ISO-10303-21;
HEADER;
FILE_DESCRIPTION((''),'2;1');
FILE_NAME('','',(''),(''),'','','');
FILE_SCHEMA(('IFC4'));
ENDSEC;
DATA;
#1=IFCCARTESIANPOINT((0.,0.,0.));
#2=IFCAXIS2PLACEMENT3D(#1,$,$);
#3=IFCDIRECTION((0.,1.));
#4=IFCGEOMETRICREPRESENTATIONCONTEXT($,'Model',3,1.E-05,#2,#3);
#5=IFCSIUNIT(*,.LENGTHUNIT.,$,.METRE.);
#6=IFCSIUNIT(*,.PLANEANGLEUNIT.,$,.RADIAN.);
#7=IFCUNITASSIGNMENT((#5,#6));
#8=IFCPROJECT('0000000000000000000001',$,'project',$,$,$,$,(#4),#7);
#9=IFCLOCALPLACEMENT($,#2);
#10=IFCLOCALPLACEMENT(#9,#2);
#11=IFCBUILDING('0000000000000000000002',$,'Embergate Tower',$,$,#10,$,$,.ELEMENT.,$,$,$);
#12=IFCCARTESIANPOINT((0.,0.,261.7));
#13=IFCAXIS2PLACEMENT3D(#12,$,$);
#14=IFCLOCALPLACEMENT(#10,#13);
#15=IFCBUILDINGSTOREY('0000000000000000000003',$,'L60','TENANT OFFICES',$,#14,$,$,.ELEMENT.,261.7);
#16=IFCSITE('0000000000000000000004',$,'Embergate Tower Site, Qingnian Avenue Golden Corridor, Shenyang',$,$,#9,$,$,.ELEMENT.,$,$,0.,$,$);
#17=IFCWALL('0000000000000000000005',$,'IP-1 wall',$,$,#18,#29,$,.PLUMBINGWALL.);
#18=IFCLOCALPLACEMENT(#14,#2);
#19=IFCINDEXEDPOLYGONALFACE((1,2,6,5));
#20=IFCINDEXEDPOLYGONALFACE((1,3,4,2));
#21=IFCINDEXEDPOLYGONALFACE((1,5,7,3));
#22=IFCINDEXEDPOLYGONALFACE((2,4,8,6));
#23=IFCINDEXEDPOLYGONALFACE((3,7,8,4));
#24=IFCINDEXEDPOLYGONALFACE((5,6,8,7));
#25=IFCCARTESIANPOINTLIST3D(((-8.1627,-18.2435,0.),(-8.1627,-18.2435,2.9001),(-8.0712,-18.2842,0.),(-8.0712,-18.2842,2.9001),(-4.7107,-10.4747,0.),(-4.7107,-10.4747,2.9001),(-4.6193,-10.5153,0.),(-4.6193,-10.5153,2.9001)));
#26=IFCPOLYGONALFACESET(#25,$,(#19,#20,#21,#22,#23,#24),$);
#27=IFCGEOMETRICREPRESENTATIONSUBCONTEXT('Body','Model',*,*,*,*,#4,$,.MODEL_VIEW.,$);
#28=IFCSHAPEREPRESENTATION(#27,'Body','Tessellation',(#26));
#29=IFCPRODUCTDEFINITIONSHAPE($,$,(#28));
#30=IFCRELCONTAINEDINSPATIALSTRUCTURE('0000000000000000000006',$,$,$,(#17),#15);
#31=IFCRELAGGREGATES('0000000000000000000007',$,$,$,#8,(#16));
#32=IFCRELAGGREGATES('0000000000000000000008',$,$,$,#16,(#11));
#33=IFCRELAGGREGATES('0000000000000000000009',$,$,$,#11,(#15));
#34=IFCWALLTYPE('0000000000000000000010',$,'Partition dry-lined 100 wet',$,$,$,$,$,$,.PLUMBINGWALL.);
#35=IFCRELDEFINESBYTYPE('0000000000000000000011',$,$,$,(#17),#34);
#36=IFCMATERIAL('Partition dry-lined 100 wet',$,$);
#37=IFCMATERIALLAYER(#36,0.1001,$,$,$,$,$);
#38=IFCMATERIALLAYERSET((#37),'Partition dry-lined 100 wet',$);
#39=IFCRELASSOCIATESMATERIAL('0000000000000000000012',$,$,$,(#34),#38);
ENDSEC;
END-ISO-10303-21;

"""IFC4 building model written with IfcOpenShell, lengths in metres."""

from ifc_helpers import new_model, si_unit, direction, frame, frame_2d, origin, place, context, subcontext, project, spatial, rectangle, extrude, source, transform, mapped, material, layer, layer_set, type_object, element, save


model = new_model("IFC4")

# Units and contexts
model_context = context("Model", 3, precision=1e-05, world=origin(), true_north=direction((0.0, 1.0)))
body_context = subcontext(model_context, "Body", "Model", "MODEL_VIEW")
ifc_project = project(units=[si_unit("LENGTHUNIT", "METRE"), si_unit("PLANEANGLEUNIT", "RADIAN")], contexts=[model_context])

# Site, building, storey
site_placement = place(None, origin())
site = spatial("IfcSite", under=ifc_project, at=site_placement, Name="Embergate Tower Site, Qingnian Avenue Golden Corridor, Shenyang", CompositionType="ELEMENT", RefElevation=0.0)
building_placement = place(site_placement, origin())
building = spatial("IfcBuilding", under=site, at=building_placement, Name="Embergate Tower", CompositionType="ELEMENT")
storey_placement = place(building_placement, frame((0.0, 0.0, 261.7)))
storey = spatial("IfcBuildingStorey", under=building, at=storey_placement, Name="L60", Description="TENANT OFFICES", CompositionType="ELEMENT", Elevation=261.7)

# Wall
ifc_material_1 = material(Name="Partition dry-lined 100 wet")
ifc_layer_1 = layer(ifc_material_1, 0.1001)
ifc_layer_set_1 = layer_set([ifc_layer_1], Name="Partition dry-lined 100 wet")
wall_type_1 = type_object("IfcWallType", Name="Partition dry-lined 100 wet", PredefinedType="PLUMBINGWALL", material=ifc_layer_set_1)
shared_shape_1 = source(origin(), body_context, "Body", "SweptSolid", [
    extrude(rectangle(XDim=8.5012, YDim=0.1001, at=frame_2d((4.2505, 0.0))), origin(), (0.0, 0.0, 1.0), 2.9001),
])
wall_1_placement = place(storey_placement, frame((-4.665, -10.4951, 0.0), z_axis=(0.0, 0.0, 1.0), x_axis=(-0.406051, -0.913851, 0.0)))
element("IfcWall", 1, at=wall_1_placement, inside=storey, type_object=wall_type_1, Name="IP-1 wall", PredefinedType="PLUMBINGWALL", context=body_context, shape_type="MappedRepresentation", body=[
    mapped(shared_shape_1, transform((0.0, 0.0, 0.0))),
])

save(model, "model.ifc")
